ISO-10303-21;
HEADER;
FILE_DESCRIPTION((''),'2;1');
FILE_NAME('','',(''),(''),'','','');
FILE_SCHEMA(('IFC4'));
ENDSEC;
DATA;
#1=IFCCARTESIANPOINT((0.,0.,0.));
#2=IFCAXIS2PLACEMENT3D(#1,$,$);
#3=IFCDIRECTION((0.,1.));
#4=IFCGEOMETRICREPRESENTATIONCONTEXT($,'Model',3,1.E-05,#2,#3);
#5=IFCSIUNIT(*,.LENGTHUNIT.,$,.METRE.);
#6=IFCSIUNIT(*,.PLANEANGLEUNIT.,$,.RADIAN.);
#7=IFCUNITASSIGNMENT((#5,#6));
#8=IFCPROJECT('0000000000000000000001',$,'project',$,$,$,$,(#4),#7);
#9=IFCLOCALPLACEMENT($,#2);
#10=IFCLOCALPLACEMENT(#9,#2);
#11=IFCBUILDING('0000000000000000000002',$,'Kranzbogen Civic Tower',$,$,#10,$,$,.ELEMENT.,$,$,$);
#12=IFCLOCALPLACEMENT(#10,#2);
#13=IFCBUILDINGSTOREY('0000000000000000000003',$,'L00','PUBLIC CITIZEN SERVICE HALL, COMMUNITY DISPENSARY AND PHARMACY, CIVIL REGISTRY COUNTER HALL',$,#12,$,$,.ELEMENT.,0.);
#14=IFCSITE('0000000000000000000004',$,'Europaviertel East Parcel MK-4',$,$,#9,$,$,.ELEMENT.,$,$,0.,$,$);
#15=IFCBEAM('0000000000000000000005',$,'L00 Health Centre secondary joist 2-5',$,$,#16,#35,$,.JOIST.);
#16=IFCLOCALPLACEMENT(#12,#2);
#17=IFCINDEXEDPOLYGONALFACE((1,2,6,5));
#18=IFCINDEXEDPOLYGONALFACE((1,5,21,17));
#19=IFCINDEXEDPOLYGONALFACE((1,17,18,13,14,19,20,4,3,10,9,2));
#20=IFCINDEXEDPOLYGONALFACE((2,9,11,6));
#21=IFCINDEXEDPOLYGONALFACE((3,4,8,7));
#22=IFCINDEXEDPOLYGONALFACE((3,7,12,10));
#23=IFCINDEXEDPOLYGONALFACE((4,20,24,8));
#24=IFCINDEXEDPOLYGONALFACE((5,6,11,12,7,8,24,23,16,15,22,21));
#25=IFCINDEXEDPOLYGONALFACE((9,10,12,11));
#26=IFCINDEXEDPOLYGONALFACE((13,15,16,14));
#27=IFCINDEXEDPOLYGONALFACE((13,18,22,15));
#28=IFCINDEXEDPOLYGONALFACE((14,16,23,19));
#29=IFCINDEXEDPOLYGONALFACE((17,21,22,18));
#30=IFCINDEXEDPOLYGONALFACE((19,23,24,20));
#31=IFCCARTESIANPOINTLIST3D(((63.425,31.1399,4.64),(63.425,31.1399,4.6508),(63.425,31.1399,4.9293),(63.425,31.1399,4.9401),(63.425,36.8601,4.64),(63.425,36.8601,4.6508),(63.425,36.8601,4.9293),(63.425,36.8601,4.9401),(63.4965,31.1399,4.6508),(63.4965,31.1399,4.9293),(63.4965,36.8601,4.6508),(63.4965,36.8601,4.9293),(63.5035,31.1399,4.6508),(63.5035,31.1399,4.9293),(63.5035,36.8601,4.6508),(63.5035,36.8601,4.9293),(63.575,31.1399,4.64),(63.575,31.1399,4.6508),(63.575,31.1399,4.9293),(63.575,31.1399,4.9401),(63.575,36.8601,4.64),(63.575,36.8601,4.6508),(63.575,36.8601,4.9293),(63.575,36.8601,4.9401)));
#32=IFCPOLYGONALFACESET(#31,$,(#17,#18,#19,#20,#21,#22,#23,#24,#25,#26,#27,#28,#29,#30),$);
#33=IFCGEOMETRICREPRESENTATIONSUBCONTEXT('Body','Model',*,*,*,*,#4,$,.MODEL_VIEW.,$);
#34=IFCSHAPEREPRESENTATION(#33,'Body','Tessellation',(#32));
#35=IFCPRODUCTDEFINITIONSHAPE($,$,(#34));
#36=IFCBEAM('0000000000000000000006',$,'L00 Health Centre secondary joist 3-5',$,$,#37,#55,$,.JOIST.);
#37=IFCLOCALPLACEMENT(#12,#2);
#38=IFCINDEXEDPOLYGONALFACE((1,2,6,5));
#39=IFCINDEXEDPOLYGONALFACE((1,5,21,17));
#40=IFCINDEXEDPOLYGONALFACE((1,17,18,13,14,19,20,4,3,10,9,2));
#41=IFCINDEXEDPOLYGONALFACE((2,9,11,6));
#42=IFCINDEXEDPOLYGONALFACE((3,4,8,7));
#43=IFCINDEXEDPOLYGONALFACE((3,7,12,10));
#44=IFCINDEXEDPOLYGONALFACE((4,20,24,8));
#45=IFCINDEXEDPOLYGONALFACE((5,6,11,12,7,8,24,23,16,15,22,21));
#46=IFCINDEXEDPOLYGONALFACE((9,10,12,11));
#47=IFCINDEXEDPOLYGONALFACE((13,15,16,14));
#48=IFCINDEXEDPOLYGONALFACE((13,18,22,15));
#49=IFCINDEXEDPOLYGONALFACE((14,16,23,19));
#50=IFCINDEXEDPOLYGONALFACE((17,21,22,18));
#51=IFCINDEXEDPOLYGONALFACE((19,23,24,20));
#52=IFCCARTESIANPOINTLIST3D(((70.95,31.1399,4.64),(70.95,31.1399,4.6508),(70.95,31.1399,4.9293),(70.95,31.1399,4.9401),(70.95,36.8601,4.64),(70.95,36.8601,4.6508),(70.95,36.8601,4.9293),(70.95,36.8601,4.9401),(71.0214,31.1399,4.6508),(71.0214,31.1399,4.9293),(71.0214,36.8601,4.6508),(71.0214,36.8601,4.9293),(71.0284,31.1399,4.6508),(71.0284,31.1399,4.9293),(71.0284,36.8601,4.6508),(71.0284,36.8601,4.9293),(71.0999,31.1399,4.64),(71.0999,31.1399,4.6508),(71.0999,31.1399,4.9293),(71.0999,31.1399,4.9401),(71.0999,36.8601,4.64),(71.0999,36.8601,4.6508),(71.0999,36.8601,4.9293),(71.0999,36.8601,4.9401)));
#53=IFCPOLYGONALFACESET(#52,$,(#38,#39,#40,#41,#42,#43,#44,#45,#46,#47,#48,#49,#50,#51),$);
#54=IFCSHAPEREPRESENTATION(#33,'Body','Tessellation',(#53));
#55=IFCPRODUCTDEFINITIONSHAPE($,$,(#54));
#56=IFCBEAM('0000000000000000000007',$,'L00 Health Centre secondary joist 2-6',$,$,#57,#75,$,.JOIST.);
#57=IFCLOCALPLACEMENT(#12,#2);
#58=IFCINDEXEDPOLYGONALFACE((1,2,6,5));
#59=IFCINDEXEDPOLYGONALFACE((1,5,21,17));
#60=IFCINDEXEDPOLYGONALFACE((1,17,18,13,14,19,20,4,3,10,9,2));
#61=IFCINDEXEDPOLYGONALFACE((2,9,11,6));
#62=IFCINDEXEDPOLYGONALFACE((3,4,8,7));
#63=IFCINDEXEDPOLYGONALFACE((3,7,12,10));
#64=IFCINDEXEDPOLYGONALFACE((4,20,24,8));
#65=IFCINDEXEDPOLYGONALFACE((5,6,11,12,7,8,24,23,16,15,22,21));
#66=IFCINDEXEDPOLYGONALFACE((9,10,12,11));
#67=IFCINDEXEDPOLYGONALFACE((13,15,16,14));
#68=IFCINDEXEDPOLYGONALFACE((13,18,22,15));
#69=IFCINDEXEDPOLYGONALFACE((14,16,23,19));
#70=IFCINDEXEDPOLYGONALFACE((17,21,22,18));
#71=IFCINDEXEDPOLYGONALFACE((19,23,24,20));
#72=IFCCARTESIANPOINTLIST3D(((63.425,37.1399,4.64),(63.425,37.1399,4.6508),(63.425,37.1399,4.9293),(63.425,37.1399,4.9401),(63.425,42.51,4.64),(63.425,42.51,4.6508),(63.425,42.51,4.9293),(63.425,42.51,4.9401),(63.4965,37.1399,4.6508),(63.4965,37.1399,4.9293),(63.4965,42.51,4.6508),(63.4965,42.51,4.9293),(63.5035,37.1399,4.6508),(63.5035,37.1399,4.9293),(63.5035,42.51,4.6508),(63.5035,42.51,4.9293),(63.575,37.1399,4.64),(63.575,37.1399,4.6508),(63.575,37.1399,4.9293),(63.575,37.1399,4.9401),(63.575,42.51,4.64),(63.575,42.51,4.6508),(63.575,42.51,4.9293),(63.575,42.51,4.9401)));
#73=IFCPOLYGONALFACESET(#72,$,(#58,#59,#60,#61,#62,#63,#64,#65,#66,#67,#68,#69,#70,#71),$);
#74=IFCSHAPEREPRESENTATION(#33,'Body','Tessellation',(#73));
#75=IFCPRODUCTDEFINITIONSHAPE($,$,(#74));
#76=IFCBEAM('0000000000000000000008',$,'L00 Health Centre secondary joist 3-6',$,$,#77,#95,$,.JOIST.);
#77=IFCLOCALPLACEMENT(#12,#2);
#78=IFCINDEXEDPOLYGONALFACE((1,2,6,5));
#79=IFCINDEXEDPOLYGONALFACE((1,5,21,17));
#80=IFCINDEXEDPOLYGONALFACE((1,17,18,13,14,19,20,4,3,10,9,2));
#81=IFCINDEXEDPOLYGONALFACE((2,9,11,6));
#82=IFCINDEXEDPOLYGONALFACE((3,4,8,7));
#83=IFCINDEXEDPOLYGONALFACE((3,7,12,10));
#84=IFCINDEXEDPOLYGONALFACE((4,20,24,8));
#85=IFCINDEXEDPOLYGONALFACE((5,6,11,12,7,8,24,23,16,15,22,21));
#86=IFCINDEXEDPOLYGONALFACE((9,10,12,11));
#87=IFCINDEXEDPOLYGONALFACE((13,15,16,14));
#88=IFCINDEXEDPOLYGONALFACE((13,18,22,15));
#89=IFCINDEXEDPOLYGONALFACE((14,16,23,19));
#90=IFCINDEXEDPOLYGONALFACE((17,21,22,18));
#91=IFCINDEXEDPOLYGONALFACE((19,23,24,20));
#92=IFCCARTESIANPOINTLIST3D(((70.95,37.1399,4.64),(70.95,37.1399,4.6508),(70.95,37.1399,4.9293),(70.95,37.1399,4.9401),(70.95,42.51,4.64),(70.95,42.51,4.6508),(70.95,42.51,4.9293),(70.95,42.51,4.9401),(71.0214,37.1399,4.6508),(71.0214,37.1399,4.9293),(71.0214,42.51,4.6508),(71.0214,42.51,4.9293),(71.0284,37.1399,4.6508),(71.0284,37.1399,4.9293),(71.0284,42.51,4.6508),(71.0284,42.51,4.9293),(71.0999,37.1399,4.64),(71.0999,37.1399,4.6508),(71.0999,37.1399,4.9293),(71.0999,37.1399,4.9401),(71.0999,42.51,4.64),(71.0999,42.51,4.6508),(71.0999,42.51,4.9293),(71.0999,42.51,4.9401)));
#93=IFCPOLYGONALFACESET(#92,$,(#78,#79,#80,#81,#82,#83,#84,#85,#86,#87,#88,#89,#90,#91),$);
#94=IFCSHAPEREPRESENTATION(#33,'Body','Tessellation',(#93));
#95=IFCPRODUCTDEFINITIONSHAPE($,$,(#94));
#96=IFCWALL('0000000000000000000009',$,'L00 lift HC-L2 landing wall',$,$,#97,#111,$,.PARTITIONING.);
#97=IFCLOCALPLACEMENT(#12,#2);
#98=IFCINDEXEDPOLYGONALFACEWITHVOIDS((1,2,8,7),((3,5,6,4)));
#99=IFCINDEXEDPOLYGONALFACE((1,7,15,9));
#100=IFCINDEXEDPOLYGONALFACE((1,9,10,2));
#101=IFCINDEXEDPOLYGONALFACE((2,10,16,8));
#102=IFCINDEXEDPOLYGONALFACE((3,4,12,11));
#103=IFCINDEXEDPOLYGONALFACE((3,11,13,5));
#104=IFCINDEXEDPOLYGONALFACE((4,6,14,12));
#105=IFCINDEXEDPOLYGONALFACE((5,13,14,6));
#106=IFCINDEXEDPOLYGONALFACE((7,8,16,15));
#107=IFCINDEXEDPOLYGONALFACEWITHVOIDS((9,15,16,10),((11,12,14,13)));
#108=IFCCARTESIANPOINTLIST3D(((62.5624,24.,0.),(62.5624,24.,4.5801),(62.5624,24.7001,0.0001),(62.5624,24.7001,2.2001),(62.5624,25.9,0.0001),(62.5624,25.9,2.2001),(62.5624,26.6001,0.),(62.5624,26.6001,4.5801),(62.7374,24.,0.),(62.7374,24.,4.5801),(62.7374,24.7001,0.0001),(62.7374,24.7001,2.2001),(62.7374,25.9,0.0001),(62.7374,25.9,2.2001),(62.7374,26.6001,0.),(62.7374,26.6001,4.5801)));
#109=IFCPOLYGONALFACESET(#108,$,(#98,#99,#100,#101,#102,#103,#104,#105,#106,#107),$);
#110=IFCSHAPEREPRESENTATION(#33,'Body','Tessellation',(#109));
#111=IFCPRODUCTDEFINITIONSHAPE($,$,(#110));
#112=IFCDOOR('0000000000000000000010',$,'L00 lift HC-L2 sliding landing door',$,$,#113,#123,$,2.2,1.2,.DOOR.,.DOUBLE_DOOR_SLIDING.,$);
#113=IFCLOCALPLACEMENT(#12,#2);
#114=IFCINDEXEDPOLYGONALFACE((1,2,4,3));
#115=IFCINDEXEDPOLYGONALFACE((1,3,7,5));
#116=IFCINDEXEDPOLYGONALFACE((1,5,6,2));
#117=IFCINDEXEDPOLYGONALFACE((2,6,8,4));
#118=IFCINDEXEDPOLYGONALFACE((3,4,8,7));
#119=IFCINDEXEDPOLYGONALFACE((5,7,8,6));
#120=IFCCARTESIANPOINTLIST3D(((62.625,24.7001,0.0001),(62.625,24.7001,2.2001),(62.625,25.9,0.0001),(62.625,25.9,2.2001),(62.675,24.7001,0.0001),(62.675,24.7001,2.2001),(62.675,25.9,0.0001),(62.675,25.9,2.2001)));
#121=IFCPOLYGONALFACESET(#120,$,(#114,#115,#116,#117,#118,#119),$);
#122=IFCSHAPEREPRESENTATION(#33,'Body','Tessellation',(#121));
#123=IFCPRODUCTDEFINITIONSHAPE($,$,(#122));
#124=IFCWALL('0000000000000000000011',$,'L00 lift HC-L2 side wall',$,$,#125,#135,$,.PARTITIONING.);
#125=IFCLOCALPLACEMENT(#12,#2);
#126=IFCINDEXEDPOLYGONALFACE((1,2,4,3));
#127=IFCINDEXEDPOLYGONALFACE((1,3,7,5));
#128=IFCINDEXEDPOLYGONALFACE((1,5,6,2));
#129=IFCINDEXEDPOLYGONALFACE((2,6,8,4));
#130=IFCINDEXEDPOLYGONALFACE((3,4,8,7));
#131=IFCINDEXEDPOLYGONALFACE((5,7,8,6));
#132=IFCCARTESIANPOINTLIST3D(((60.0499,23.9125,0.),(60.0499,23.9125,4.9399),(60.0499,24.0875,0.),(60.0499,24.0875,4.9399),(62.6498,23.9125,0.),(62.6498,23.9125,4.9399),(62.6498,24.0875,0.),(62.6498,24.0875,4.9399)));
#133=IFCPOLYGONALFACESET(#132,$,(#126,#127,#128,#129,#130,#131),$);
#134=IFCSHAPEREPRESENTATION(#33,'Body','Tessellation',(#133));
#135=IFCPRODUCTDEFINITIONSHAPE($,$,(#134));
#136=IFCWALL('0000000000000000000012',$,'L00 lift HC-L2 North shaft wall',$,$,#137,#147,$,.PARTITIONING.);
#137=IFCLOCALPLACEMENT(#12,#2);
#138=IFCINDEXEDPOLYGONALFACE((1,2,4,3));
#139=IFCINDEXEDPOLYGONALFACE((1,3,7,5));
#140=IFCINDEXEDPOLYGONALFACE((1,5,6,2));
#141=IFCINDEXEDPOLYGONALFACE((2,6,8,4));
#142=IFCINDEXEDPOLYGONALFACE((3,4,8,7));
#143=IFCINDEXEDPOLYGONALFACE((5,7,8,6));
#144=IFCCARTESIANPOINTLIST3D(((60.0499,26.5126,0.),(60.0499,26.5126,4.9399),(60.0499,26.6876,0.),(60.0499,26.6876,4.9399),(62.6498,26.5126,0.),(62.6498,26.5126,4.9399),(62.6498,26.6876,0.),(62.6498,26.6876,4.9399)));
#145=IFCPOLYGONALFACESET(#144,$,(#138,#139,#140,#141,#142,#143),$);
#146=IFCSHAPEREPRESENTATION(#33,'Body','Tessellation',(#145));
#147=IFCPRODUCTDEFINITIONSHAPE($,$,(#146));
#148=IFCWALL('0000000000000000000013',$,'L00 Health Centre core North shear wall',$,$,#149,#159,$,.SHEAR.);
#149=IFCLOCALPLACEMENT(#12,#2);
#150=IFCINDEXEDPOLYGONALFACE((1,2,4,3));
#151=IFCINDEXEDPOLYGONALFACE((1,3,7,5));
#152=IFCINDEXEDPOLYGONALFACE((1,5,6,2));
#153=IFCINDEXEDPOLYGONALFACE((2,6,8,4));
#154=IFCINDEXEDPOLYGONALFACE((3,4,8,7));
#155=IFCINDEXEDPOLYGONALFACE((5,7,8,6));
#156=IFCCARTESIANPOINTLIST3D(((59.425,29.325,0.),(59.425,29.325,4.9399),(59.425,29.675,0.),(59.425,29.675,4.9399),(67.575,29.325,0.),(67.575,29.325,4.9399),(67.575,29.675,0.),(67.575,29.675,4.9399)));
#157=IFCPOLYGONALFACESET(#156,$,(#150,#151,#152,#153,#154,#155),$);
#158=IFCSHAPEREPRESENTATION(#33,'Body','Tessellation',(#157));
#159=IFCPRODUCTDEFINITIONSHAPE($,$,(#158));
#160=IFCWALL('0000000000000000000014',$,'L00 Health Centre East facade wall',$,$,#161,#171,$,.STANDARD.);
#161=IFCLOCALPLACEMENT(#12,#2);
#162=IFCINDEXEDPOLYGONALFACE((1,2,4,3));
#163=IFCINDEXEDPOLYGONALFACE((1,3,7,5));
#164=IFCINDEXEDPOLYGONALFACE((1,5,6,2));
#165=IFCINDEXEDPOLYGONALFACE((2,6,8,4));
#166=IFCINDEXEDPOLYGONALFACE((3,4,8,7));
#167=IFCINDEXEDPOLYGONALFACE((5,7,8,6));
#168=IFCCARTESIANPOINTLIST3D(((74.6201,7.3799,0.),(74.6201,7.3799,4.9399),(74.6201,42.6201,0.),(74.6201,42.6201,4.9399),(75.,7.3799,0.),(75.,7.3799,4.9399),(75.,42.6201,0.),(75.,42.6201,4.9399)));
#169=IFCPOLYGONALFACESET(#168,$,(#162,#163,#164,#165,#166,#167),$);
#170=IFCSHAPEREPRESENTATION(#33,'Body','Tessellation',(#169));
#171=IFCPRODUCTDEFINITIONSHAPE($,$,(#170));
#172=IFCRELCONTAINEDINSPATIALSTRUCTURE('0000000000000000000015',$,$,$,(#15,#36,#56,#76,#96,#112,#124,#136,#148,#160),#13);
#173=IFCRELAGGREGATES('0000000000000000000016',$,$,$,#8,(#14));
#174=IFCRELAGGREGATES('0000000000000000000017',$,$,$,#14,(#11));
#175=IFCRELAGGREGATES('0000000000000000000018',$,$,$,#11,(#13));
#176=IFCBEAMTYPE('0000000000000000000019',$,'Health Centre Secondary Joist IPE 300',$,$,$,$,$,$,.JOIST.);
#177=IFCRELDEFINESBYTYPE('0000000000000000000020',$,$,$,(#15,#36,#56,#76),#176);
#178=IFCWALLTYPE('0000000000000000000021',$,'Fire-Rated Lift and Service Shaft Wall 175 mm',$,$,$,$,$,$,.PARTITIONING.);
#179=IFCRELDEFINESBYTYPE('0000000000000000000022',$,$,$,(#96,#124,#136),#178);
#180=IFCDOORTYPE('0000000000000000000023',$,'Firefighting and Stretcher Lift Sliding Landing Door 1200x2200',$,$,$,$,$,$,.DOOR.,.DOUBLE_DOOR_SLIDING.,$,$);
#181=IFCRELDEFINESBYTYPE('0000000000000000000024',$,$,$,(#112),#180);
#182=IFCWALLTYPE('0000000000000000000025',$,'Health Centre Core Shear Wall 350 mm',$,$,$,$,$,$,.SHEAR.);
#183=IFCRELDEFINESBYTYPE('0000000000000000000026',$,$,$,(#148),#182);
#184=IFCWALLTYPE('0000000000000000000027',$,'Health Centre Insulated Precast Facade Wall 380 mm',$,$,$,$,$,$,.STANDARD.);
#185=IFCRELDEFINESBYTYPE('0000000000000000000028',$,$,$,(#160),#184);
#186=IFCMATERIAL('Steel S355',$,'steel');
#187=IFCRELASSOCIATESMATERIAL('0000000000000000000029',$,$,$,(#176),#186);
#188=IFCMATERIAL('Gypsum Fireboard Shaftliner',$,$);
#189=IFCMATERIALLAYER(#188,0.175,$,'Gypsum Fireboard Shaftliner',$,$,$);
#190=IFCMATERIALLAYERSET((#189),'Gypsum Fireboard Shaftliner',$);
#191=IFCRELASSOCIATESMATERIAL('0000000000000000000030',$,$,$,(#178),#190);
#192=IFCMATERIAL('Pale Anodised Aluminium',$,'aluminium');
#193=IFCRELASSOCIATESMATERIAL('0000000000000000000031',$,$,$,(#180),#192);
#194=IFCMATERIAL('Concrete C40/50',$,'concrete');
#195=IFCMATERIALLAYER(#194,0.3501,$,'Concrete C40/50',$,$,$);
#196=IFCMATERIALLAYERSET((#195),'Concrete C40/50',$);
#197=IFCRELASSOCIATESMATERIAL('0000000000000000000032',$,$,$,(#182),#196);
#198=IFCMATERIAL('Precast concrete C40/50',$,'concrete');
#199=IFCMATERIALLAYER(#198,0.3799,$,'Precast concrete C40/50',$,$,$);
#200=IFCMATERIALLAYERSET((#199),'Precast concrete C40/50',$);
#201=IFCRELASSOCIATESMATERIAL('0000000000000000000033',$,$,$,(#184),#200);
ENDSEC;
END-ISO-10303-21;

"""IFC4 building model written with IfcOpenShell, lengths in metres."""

from ifc_helpers import new_model, si_unit, direction, frame, frame_2d, origin, origin_2d, place, context, subcontext, project, spatial, rectangle, i_section, extrude, material, layer, layer_set, material_profile, profile_set, type_object, element, fill, save


model = new_model("IFC4")

# Units and contexts
model_context = context("Model", 3, precision=1e-05, world=origin(), true_north=direction((0.0, 1.0)))
body_context = subcontext(model_context, "Body", "Model", "MODEL_VIEW")
ifc_project = project(units=[si_unit("LENGTHUNIT", "METRE"), si_unit("PLANEANGLEUNIT", "RADIAN")], contexts=[model_context])

# Site, building, storey
site_placement = place(None, origin())
site = spatial("IfcSite", under=ifc_project, at=site_placement, Name="Europaviertel East Parcel MK-4", CompositionType="ELEMENT", RefElevation=0.0)
building_placement = place(site_placement, origin())
building = spatial("IfcBuilding", under=site, at=building_placement, Name="Kranzbogen Civic Tower", CompositionType="ELEMENT")
storey_placement = place(building_placement, origin())
storey = spatial("IfcBuildingStorey", under=building, at=storey_placement, Name="L00", Description="PUBLIC CITIZEN SERVICE HALL, COMMUNITY DISPENSARY AND PHARMACY, CIVIL REGISTRY COUNTER HALL", CompositionType="ELEMENT", Elevation=0.0)

# Shared definitions
ifc_material_1 = material(Name="Steel S355", Category="steel")
ifc_material_2 = material(Name="Concrete C40/50", Category="concrete")

# Beams
ifc_material_profile_1 = material_profile(ifc_material_1, i_section(OverallWidth=0.1499, OverallDepth=0.3, WebThickness=0.0071, FlangeThickness=0.0107, at=origin_2d()), Name="IPE 300")
ifc_profile_set_1 = profile_set([ifc_material_profile_1], Name="Steel S355")
beam_type_1 = type_object("IfcBeamType", Name="Health Centre Secondary Joist IPE 300", PredefinedType="JOIST", material=ifc_profile_set_1)
for number, where, z_axis, x_axis, name in (
    (1, (63.5, 31.1399, 4.79), (0.0, 1.0, 0.0), (-1.0, 0.0, 0.0), "L00 Health Centre secondary joist 2-5"),
    (2, (71.0249, 31.1399, 4.79), (0.0, 1.0, 0.0), (-1.0, 0.0, 0.0), "L00 Health Centre secondary joist 3-5"),
):
    element("IfcBeam", number, at=place(storey_placement, frame(where, z_axis=z_axis, x_axis=x_axis)), inside=storey, type_object=beam_type_1, Name=name, PredefinedType="JOIST", context=body_context, shape_type="SweptSolid", body=[
        extrude(i_section(OverallWidth=0.1499, OverallDepth=0.3, WebThickness=0.0071, FlangeThickness=0.0107, at=origin_2d()), origin(), (0.0, 0.0, 1.0), 5.7202),
    ])
for number, where, z_axis, x_axis, name in (
    (3, (63.5, 37.1399, 4.79), (0.0, 1.0, 0.0), (-1.0, 0.0, 0.0), "L00 Health Centre secondary joist 2-6"),
    (4, (71.0249, 37.1399, 4.79), (0.0, 1.0, 0.0), (-1.0, 0.0, 0.0), "L00 Health Centre secondary joist 3-6"),
):
    element("IfcBeam", number, at=place(storey_placement, frame(where, z_axis=z_axis, x_axis=x_axis)), inside=storey, type_object=beam_type_1, Name=name, PredefinedType="JOIST", context=body_context, shape_type="SweptSolid", body=[
        extrude(i_section(OverallWidth=0.1499, OverallDepth=0.3, WebThickness=0.0071, FlangeThickness=0.0107, at=origin_2d()), origin(), (0.0, 0.0, 1.0), 5.3701),
    ])

# Wall, opening, door
ifc_material_3 = material(Name="Gypsum Fireboard Shaftliner")
ifc_layer_1 = layer(ifc_material_3, 0.175, Name="Gypsum Fireboard Shaftliner")
ifc_layer_set_1 = layer_set([ifc_layer_1], Name="Gypsum Fireboard Shaftliner")
wall_type_1 = type_object("IfcWallType", Name="Fire-Rated Lift and Service Shaft Wall 175 mm", PredefinedType="PARTITIONING", material=ifc_layer_set_1)
wall_1_placement = place(storey_placement, frame((62.6499, 24.0, 0.0), z_axis=(0.0, 0.0, 1.0), x_axis=(0.0, 1.0, 0.0)))
wall_1 = element("IfcWall", 5, at=wall_1_placement, inside=storey, type_object=wall_type_1, Name="L00 lift HC-L2 landing wall", PredefinedType="PARTITIONING", context=body_context, shape_type="SweptSolid", body=[
    extrude(rectangle(XDim=2.6001, YDim=0.175, at=frame_2d((1.3, 0.0))), origin(), (0.0, 0.0, 1.0), 4.5801),
])
opening_1_placement = place(wall_1_placement, frame((0.7, 0.0, 0.0)))
opening_1 = element("IfcOpeningElement", 6, at=opening_1_placement, cuts=wall_1, PredefinedType="OPENING", context=body_context, shape_type="SweptSolid", body=[
    extrude(rectangle(XDim=1.2, YDim=2.2, at=frame_2d((0.6001, 1.1001))), frame((0.0, 0.0977, 0.0), z_axis=(0.0, -1.0, 0.0), x_axis=(1.0, 0.0, 0.0)), (0.0, 0.0, 1.0), 0.1951),
])
ifc_material_4 = material(Name="Pale Anodised Aluminium", Category="aluminium")
door_type_1 = type_object("IfcDoorType", Name="Firefighting and Stretcher Lift Sliding Landing Door 1200x2200", OperationType="DOUBLE_DOOR_SLIDING", PredefinedType="DOOR", material=ifc_material_4)
door_1_placement = place(opening_1_placement, origin())
door_1 = element("IfcDoor", 7, at=door_1_placement, inside=storey, type_object=door_type_1, Name="L00 lift HC-L2 sliding landing door", OperationType="DOUBLE_DOOR_SLIDING", OverallHeight=2.2, OverallWidth=1.2, PredefinedType="DOOR", context=body_context, shape_type="SweptSolid", body=[
    extrude(rectangle(XDim=1.2, YDim=2.2, at=frame_2d((0.6001, 1.1001))), frame((0.0, 0.0249, 0.0), z_axis=(0.0, -1.0, 0.0), x_axis=(1.0, 0.0, 0.0)), (0.0, 0.0, 1.0), 0.05),
])
fill(opening_1, door_1)

# Walls
for number, where, z_axis, x_axis, name in (
    (8, (60.05, 24.0, 0.0), (0.0, 0.0, 1.0), (1.0, 0.0, 0.0), "L00 lift HC-L2 side wall"),
    (9, (60.05, 26.6001, 0.0), (0.0, 0.0, 1.0), (1.0, 0.0, 0.0), "L00 lift HC-L2 North shaft wall"),
):
    element("IfcWall", number, at=place(storey_placement, frame(where, z_axis=z_axis, x_axis=x_axis)), inside=storey, type_object=wall_type_1, Name=name, PredefinedType="PARTITIONING", context=body_context, shape_type="SweptSolid", body=[
        extrude(rectangle(XDim=2.5999, YDim=0.175, at=frame_2d((1.2998, 0.0))), origin(), (0.0, 0.0, 1.0), 4.9399),
    ])
ifc_layer_2 = layer(ifc_material_2, 0.3501, Name="Concrete C40/50")
ifc_layer_set_2 = layer_set([ifc_layer_2], Name="Concrete C40/50")
wall_type_2 = type_object("IfcWallType", Name="Health Centre Core Shear Wall 350 mm", PredefinedType="SHEAR", material=ifc_layer_set_2)
wall_2_placement = place(storey_placement, frame((67.575, 29.5, 0.0), z_axis=(0.0, 0.0, 1.0), x_axis=(-1.0, 0.0, 0.0)))
element("IfcWall", 10, at=wall_2_placement, inside=storey, type_object=wall_type_2, Name="L00 Health Centre core North shear wall", PredefinedType="SHEAR", context=body_context, shape_type="SweptSolid", body=[
    extrude(rectangle(XDim=8.1499, YDim=0.3501, at=frame_2d((4.075, 0.0))), origin(), (0.0, 0.0, 1.0), 4.9399),
])
ifc_material_5 = material(Name="Precast concrete C40/50", Category="concrete")
ifc_layer_3 = layer(ifc_material_5, 0.3799, Name="Precast concrete C40/50")
ifc_layer_set_3 = layer_set([ifc_layer_3], Name="Precast concrete C40/50")
wall_type_3 = type_object("IfcWallType", Name="Health Centre Insulated Precast Facade Wall 380 mm", PredefinedType="STANDARD", material=ifc_layer_set_3)
wall_3_placement = place(storey_placement, frame((74.8101, 42.6201, 0.0), z_axis=(0.0, 0.0, 1.0), x_axis=(0.0, -1.0, 0.0)))
element("IfcWall", 11, at=wall_3_placement, inside=storey, type_object=wall_type_3, Name="L00 Health Centre East facade wall", PredefinedType="STANDARD", context=body_context, shape_type="SweptSolid", body=[
    extrude(rectangle(XDim=35.2402, YDim=0.3799, at=frame_2d((17.6201, 0.0))), origin(), (0.0, 0.0, 1.0), 4.9399),
])

save(model, "model.ifc")
